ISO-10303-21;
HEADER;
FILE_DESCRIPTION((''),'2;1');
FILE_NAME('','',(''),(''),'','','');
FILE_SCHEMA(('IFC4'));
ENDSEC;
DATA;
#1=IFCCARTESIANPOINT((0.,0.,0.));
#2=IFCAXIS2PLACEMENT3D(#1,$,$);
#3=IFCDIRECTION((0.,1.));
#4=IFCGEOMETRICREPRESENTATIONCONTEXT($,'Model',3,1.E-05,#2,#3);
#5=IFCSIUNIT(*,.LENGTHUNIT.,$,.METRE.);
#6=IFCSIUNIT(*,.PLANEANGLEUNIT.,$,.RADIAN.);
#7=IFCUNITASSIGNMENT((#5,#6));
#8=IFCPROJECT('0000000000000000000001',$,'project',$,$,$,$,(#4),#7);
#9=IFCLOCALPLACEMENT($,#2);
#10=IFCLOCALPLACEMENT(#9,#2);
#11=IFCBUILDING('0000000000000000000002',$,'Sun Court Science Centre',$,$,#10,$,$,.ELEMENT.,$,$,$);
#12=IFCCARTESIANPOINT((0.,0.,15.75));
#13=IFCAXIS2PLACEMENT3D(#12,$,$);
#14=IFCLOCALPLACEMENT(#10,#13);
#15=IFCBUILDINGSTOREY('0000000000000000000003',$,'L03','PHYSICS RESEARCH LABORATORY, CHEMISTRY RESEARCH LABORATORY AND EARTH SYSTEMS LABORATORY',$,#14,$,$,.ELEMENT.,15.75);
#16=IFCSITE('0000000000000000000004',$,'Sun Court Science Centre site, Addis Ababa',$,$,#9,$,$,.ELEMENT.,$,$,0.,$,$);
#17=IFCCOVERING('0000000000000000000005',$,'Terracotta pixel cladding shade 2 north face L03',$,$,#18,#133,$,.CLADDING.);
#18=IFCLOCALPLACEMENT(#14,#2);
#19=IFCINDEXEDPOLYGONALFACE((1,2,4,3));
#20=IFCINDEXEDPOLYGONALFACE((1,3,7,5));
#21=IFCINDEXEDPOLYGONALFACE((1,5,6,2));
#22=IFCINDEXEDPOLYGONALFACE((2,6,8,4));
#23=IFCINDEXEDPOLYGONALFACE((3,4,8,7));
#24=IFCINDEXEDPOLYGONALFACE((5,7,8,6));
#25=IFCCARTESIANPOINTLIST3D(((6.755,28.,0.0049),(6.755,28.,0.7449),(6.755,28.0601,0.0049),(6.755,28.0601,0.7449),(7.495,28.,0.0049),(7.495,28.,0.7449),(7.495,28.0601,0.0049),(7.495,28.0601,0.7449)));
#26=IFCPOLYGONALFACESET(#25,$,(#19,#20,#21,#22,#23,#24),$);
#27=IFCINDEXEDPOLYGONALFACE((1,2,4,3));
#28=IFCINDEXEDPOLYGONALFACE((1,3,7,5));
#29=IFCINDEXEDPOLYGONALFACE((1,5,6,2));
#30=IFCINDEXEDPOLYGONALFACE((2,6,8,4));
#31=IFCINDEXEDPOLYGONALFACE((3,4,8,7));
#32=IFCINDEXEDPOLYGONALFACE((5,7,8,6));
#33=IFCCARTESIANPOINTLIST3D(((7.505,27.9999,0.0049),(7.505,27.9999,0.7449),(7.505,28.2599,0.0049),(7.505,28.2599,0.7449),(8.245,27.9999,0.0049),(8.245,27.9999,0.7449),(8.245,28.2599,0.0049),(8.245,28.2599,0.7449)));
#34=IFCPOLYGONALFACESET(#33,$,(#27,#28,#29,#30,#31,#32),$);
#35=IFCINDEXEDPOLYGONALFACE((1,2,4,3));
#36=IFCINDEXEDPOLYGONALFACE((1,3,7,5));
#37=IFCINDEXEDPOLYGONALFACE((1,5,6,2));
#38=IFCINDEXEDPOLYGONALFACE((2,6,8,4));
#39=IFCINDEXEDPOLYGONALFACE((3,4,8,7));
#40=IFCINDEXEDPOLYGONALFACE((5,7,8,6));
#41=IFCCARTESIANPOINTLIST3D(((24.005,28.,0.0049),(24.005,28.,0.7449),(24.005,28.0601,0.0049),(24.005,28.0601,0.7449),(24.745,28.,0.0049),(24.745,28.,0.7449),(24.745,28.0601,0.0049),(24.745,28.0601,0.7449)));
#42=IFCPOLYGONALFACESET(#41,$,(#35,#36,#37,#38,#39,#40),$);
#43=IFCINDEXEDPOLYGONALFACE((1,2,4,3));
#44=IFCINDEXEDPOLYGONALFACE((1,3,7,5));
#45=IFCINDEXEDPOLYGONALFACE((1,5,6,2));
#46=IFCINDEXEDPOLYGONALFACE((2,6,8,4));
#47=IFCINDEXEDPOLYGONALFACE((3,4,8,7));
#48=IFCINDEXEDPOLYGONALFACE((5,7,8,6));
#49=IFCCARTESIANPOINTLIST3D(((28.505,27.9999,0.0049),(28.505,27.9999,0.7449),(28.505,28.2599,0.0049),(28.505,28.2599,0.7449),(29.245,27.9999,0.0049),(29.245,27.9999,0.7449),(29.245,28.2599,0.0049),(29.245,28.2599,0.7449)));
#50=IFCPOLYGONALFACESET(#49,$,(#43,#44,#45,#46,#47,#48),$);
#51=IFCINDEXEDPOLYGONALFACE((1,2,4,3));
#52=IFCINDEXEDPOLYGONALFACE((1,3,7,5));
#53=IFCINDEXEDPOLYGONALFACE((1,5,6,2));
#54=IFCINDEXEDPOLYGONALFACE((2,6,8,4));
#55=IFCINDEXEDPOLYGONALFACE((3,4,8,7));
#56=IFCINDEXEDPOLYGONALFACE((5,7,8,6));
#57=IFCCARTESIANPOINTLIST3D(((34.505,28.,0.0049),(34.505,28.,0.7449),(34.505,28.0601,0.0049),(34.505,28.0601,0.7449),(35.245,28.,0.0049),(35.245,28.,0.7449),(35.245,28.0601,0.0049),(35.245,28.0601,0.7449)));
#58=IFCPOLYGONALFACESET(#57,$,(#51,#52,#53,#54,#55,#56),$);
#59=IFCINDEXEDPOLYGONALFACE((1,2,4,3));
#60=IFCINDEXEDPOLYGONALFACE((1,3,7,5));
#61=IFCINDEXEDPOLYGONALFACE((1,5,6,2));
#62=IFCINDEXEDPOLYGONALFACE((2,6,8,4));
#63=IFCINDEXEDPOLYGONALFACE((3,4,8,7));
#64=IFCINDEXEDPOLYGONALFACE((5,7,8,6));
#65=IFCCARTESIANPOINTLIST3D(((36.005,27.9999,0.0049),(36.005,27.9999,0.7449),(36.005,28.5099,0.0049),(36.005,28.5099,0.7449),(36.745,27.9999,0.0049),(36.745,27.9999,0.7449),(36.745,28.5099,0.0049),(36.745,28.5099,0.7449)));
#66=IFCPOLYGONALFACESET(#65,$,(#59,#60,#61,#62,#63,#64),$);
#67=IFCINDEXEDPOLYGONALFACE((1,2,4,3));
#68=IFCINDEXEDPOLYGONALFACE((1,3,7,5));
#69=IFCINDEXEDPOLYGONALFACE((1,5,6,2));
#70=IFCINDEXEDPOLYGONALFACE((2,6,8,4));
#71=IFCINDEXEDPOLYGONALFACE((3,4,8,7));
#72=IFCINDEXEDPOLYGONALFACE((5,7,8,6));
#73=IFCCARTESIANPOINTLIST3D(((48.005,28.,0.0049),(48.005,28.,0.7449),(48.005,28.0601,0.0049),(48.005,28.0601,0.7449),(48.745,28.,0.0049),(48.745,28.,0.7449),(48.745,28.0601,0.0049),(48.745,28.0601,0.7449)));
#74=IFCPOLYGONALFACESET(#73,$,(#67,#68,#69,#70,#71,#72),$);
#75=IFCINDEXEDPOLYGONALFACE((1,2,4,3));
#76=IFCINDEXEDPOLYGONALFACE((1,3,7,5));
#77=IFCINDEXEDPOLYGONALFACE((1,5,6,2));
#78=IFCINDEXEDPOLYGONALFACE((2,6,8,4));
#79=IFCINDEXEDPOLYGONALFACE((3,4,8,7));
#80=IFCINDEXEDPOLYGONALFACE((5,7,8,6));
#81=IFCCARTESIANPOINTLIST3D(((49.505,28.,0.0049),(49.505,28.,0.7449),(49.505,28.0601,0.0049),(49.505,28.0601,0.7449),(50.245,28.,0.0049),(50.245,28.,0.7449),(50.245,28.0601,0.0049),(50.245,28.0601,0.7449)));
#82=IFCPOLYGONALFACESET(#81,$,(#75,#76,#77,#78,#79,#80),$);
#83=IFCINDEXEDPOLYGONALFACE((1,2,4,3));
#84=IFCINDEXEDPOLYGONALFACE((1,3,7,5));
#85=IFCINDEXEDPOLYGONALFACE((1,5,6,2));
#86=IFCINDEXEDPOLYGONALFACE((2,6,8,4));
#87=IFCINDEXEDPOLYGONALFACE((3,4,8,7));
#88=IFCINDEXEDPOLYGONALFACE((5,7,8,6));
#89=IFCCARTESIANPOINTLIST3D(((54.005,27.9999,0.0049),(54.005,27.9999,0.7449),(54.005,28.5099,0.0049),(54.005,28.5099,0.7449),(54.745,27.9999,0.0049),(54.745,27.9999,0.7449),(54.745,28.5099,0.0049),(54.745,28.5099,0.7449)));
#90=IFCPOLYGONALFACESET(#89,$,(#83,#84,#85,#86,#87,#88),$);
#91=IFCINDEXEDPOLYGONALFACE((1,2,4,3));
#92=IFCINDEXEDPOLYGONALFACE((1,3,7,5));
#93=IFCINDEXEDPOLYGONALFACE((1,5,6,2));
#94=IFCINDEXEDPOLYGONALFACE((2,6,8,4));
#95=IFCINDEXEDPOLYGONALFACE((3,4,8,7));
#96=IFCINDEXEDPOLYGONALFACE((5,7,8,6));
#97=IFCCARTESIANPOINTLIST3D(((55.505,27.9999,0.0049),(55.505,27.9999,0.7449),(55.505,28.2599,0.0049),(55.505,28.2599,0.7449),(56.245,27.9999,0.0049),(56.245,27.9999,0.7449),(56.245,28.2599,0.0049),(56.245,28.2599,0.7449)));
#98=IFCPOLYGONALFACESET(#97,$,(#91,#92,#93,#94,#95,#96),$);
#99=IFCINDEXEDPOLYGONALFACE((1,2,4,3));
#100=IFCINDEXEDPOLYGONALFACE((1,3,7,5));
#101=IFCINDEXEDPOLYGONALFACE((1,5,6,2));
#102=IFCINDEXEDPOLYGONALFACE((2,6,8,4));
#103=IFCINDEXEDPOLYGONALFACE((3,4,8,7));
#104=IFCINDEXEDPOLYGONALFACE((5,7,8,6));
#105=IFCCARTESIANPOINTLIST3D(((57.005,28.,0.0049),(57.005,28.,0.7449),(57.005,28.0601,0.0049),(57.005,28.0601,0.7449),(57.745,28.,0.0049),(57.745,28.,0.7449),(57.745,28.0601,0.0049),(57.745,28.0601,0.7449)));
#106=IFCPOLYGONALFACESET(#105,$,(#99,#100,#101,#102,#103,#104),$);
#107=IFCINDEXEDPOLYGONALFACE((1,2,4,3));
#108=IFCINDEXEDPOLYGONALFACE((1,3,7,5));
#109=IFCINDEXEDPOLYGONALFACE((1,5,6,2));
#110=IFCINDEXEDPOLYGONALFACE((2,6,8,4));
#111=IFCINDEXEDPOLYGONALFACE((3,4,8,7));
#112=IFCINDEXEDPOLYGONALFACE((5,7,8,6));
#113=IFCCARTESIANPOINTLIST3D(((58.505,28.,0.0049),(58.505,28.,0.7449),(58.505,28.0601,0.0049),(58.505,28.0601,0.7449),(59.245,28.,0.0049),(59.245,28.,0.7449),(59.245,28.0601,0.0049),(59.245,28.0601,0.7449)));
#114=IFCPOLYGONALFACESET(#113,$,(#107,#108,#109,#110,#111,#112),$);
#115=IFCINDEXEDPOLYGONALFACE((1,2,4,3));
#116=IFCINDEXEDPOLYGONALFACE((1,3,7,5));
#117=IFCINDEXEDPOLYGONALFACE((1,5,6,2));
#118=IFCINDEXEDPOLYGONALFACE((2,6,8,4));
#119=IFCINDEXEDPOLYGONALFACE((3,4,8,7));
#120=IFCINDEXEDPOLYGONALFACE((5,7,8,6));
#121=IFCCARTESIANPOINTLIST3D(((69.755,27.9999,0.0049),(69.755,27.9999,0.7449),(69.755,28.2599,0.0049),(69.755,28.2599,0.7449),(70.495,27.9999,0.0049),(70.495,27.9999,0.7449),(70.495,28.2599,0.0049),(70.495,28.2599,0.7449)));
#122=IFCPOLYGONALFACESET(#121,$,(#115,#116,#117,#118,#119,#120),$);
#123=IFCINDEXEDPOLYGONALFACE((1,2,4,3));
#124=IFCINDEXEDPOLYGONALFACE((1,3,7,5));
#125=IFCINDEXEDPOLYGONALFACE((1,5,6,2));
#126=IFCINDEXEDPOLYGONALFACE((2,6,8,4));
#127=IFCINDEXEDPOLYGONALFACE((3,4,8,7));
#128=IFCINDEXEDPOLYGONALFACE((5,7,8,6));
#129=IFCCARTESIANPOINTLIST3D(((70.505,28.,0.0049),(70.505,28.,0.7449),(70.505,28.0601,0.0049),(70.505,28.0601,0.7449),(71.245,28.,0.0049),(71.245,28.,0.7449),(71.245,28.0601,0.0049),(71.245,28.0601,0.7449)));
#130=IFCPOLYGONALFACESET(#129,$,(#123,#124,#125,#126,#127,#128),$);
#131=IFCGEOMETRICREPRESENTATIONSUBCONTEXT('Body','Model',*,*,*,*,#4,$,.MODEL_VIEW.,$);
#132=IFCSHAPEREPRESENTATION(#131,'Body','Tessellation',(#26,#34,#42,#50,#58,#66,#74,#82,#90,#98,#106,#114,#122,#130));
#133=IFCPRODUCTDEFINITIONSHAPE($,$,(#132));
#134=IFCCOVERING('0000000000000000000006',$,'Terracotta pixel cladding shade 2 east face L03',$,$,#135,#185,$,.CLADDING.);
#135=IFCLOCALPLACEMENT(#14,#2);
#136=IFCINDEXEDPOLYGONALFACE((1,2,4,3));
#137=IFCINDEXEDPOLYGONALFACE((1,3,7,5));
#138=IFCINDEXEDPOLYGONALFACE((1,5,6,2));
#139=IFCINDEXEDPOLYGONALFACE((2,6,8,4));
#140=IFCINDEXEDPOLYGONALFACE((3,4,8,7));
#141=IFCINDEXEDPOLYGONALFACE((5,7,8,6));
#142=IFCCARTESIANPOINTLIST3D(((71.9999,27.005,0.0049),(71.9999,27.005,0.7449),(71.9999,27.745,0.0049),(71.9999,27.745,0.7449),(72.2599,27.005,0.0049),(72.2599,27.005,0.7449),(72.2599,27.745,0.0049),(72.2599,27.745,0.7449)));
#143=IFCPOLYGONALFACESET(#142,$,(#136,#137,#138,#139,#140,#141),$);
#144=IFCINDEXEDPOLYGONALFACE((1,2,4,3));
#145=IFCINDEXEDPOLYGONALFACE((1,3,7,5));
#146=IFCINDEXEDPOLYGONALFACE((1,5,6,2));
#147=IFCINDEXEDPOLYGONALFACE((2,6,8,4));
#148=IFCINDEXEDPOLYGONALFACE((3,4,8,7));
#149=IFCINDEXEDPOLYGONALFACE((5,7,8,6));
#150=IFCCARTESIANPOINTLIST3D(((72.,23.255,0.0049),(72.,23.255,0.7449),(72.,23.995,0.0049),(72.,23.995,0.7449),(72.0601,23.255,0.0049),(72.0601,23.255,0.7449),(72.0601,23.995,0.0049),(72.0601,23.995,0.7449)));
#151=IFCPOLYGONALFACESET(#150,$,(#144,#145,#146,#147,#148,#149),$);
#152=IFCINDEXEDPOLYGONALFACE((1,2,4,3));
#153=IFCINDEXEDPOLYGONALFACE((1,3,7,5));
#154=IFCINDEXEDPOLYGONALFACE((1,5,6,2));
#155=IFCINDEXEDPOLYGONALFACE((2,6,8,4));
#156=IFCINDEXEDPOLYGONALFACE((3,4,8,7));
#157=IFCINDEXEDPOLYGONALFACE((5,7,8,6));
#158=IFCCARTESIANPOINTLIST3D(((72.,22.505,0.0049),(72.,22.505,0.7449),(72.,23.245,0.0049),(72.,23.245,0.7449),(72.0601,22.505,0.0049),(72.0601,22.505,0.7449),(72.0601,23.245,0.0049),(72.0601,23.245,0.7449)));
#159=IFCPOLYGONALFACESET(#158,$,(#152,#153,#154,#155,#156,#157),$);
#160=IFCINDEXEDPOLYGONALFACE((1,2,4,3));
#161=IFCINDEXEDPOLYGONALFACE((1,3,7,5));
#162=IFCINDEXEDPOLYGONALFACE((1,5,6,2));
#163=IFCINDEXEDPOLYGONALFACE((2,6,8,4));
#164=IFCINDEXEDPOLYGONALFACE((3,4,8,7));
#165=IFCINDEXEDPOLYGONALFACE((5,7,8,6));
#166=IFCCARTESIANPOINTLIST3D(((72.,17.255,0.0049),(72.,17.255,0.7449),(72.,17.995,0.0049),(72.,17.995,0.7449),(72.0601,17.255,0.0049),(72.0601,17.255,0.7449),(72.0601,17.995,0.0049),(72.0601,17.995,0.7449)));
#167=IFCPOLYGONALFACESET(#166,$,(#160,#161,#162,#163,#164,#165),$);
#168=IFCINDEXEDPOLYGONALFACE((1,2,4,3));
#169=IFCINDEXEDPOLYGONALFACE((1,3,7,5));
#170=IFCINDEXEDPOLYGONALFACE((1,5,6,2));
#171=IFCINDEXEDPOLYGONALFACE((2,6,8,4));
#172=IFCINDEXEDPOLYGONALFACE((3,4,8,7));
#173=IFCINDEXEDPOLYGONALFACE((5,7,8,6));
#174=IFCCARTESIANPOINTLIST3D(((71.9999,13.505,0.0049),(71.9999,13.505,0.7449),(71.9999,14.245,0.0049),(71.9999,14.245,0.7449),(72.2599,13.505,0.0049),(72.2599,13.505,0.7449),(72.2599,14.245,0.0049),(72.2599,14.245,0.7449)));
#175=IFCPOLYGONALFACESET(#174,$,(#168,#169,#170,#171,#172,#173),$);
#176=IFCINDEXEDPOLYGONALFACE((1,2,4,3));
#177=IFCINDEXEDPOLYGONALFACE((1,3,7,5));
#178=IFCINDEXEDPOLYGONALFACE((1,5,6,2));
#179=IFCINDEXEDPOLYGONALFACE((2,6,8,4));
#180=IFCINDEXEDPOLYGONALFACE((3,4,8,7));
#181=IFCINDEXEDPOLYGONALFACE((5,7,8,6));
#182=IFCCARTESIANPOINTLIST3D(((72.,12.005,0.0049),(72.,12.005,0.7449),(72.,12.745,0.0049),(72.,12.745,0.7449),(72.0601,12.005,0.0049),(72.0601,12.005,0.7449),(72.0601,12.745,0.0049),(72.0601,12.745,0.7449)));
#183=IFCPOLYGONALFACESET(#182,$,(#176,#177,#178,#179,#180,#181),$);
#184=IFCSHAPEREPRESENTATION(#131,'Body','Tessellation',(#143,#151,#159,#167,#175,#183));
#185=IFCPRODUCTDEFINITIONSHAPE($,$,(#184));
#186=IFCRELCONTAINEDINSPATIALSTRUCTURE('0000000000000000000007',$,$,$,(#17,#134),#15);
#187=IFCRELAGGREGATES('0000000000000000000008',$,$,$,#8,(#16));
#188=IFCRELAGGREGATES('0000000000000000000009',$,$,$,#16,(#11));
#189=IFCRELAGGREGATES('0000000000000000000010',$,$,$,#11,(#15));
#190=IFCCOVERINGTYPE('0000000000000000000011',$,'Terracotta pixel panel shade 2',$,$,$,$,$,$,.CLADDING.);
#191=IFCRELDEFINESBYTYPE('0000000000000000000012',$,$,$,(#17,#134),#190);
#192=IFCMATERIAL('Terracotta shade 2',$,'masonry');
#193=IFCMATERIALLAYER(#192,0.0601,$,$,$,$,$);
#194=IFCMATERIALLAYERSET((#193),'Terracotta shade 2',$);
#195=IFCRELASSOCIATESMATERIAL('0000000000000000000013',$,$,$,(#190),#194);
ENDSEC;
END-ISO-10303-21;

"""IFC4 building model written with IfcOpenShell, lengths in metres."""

from ifc_helpers import new_model, si_unit, direction, frame, origin, origin_2d, place, context, subcontext, project, spatial, rectangle, extrude, material, layer, layer_set, type_object, element, save


model = new_model("IFC4")

# Units and contexts
model_context = context("Model", 3, precision=1e-05, world=origin(), true_north=direction((0.0, 1.0)))
body_context = subcontext(model_context, "Body", "Model", "MODEL_VIEW")
ifc_project = project(units=[si_unit("LENGTHUNIT", "METRE"), si_unit("PLANEANGLEUNIT", "RADIAN")], contexts=[model_context])

# Site, building, storey
site_placement = place(None, origin())
site = spatial("IfcSite", under=ifc_project, at=site_placement, Name="Sun Court Science Centre site, Addis Ababa", CompositionType="ELEMENT", RefElevation=0.0)
building_placement = place(site_placement, origin())
building = spatial("IfcBuilding", under=site, at=building_placement, Name="Sun Court Science Centre", CompositionType="ELEMENT")
storey_placement = place(building_placement, frame((0.0, 0.0, 15.75)))
storey = spatial("IfcBuildingStorey", under=building, at=storey_placement, Name="L03", Description="PHYSICS RESEARCH LABORATORY, CHEMISTRY RESEARCH LABORATORY AND EARTH SYSTEMS LABORATORY", CompositionType="ELEMENT", Elevation=15.75)

# Coverings
ifc_material_1 = material(Name="Terracotta shade 2", Category="masonry")
ifc_layer_1 = layer(ifc_material_1, 0.0601)
ifc_layer_set_1 = layer_set([ifc_layer_1], Name="Terracotta shade 2")
covering_type_1 = type_object("IfcCoveringType", Name="Terracotta pixel panel shade 2", PredefinedType="CLADDING", material=ifc_layer_set_1)
covering_1_placement = place(storey_placement, frame((0.0, 0.0, -15.75)))
element("IfcCovering", 1, at=covering_1_placement, inside=storey, type_object=covering_type_1, Name="Terracotta pixel cladding shade 2 north face L03", PredefinedType="CLADDING", context=body_context, shape_type="SweptSolid", body=[
    extrude(rectangle(XDim=0.74, YDim=0.0601, at=origin_2d()), frame((7.125, 28.03, 15.7549), z_axis=(0.0, 0.0, 1.0), x_axis=(1.0, 0.0, 0.0)), (0.0, 0.0, 1.0), 0.74),
    extrude(rectangle(XDim=0.74, YDim=0.26, at=origin_2d()), frame((7.875, 28.1299, 15.7549), z_axis=(0.0, 0.0, 1.0), x_axis=(1.0, 0.0, 0.0)), (0.0, 0.0, 1.0), 0.74),
    extrude(rectangle(XDim=0.74, YDim=0.0601, at=origin_2d()), frame((24.375, 28.03, 15.7549), z_axis=(0.0, 0.0, 1.0), x_axis=(1.0, 0.0, 0.0)), (0.0, 0.0, 1.0), 0.74),
    extrude(rectangle(XDim=0.74, YDim=0.26, at=origin_2d()), frame((28.875, 28.1299, 15.7549), z_axis=(0.0, 0.0, 1.0), x_axis=(1.0, 0.0, 0.0)), (0.0, 0.0, 1.0), 0.74),
    extrude(rectangle(XDim=0.74, YDim=0.0601, at=origin_2d()), frame((34.875, 28.03, 15.7549), z_axis=(0.0, 0.0, 1.0), x_axis=(1.0, 0.0, 0.0)), (0.0, 0.0, 1.0), 0.74),
    extrude(rectangle(XDim=0.74, YDim=0.51, at=origin_2d()), frame((36.375, 28.2549, 15.7549), z_axis=(0.0, 0.0, 1.0), x_axis=(1.0, 0.0, 0.0)), (0.0, 0.0, 1.0), 0.74),
    extrude(rectangle(XDim=0.74, YDim=0.0601, at=origin_2d()), frame((48.375, 28.03, 15.7549), z_axis=(0.0, 0.0, 1.0), x_axis=(1.0, 0.0, 0.0)), (0.0, 0.0, 1.0), 0.74),
    extrude(rectangle(XDim=0.74, YDim=0.0601, at=origin_2d()), frame((49.875, 28.03, 15.7549), z_axis=(0.0, 0.0, 1.0), x_axis=(1.0, 0.0, 0.0)), (0.0, 0.0, 1.0), 0.74),
    extrude(rectangle(XDim=0.74, YDim=0.51, at=origin_2d()), frame((54.375, 28.2549, 15.7549), z_axis=(0.0, 0.0, 1.0), x_axis=(1.0, 0.0, 0.0)), (0.0, 0.0, 1.0), 0.74),
    extrude(rectangle(XDim=0.74, YDim=0.26, at=origin_2d()), frame((55.875, 28.1299, 15.7549), z_axis=(0.0, 0.0, 1.0), x_axis=(1.0, 0.0, 0.0)), (0.0, 0.0, 1.0), 0.74),
    extrude(rectangle(XDim=0.74, YDim=0.0601, at=origin_2d()), frame((57.375, 28.03, 15.7549), z_axis=(0.0, 0.0, 1.0), x_axis=(1.0, 0.0, 0.0)), (0.0, 0.0, 1.0), 0.74),
    extrude(rectangle(XDim=0.74, YDim=0.0601, at=origin_2d()), frame((58.875, 28.03, 15.7549), z_axis=(0.0, 0.0, 1.0), x_axis=(1.0, 0.0, 0.0)), (0.0, 0.0, 1.0), 0.74),
    extrude(rectangle(XDim=0.74, YDim=0.26, at=origin_2d()), frame((70.125, 28.1299, 15.7549), z_axis=(0.0, 0.0, 1.0), x_axis=(1.0, 0.0, 0.0)), (0.0, 0.0, 1.0), 0.74),
    extrude(rectangle(XDim=0.74, YDim=0.0601, at=origin_2d()), frame((70.875, 28.03, 15.7549), z_axis=(0.0, 0.0, 1.0), x_axis=(1.0, 0.0, 0.0)), (0.0, 0.0, 1.0), 0.74),
])
covering_2_placement = place(storey_placement, frame((0.0, 0.0, -15.75)))
element("IfcCovering", 2, at=covering_2_placement, inside=storey, type_object=covering_type_1, Name="Terracotta pixel cladding shade 2 east face L03", PredefinedType="CLADDING", context=body_context, shape_type="SweptSolid", body=[
    extrude(rectangle(XDim=0.74, YDim=0.26, at=origin_2d()), frame((72.1299, 27.375, 15.7549), z_axis=(0.0, 0.0, 1.0), x_axis=(0.0, -1.0, 0.0)), (0.0, 0.0, 1.0), 0.74),
    extrude(rectangle(XDim=0.74, YDim=0.0601, at=origin_2d()), frame((72.03, 23.625, 15.7549), z_axis=(0.0, 0.0, 1.0), x_axis=(0.0, -1.0, 0.0)), (0.0, 0.0, 1.0), 0.74),
    extrude(rectangle(XDim=0.74, YDim=0.0601, at=origin_2d()), frame((72.03, 22.875, 15.7549), z_axis=(0.0, 0.0, 1.0), x_axis=(0.0, -1.0, 0.0)), (0.0, 0.0, 1.0), 0.74),
    extrude(rectangle(XDim=0.74, YDim=0.0601, at=origin_2d()), frame((72.03, 17.625, 15.7549), z_axis=(0.0, 0.0, 1.0), x_axis=(0.0, -1.0, 0.0)), (0.0, 0.0, 1.0), 0.74),
    extrude(rectangle(XDim=0.74, YDim=0.26, at=origin_2d()), frame((72.1299, 13.875, 15.7549), z_axis=(0.0, 0.0, 1.0), x_axis=(0.0, -1.0, 0.0)), (0.0, 0.0, 1.0), 0.74),
    extrude(rectangle(XDim=0.74, YDim=0.0601, at=origin_2d()), frame((72.03, 12.375, 15.7549), z_axis=(0.0, 0.0, 1.0), x_axis=(0.0, -1.0, 0.0)), (0.0, 0.0, 1.0), 0.74),
])

save(model, "model.ifc")
